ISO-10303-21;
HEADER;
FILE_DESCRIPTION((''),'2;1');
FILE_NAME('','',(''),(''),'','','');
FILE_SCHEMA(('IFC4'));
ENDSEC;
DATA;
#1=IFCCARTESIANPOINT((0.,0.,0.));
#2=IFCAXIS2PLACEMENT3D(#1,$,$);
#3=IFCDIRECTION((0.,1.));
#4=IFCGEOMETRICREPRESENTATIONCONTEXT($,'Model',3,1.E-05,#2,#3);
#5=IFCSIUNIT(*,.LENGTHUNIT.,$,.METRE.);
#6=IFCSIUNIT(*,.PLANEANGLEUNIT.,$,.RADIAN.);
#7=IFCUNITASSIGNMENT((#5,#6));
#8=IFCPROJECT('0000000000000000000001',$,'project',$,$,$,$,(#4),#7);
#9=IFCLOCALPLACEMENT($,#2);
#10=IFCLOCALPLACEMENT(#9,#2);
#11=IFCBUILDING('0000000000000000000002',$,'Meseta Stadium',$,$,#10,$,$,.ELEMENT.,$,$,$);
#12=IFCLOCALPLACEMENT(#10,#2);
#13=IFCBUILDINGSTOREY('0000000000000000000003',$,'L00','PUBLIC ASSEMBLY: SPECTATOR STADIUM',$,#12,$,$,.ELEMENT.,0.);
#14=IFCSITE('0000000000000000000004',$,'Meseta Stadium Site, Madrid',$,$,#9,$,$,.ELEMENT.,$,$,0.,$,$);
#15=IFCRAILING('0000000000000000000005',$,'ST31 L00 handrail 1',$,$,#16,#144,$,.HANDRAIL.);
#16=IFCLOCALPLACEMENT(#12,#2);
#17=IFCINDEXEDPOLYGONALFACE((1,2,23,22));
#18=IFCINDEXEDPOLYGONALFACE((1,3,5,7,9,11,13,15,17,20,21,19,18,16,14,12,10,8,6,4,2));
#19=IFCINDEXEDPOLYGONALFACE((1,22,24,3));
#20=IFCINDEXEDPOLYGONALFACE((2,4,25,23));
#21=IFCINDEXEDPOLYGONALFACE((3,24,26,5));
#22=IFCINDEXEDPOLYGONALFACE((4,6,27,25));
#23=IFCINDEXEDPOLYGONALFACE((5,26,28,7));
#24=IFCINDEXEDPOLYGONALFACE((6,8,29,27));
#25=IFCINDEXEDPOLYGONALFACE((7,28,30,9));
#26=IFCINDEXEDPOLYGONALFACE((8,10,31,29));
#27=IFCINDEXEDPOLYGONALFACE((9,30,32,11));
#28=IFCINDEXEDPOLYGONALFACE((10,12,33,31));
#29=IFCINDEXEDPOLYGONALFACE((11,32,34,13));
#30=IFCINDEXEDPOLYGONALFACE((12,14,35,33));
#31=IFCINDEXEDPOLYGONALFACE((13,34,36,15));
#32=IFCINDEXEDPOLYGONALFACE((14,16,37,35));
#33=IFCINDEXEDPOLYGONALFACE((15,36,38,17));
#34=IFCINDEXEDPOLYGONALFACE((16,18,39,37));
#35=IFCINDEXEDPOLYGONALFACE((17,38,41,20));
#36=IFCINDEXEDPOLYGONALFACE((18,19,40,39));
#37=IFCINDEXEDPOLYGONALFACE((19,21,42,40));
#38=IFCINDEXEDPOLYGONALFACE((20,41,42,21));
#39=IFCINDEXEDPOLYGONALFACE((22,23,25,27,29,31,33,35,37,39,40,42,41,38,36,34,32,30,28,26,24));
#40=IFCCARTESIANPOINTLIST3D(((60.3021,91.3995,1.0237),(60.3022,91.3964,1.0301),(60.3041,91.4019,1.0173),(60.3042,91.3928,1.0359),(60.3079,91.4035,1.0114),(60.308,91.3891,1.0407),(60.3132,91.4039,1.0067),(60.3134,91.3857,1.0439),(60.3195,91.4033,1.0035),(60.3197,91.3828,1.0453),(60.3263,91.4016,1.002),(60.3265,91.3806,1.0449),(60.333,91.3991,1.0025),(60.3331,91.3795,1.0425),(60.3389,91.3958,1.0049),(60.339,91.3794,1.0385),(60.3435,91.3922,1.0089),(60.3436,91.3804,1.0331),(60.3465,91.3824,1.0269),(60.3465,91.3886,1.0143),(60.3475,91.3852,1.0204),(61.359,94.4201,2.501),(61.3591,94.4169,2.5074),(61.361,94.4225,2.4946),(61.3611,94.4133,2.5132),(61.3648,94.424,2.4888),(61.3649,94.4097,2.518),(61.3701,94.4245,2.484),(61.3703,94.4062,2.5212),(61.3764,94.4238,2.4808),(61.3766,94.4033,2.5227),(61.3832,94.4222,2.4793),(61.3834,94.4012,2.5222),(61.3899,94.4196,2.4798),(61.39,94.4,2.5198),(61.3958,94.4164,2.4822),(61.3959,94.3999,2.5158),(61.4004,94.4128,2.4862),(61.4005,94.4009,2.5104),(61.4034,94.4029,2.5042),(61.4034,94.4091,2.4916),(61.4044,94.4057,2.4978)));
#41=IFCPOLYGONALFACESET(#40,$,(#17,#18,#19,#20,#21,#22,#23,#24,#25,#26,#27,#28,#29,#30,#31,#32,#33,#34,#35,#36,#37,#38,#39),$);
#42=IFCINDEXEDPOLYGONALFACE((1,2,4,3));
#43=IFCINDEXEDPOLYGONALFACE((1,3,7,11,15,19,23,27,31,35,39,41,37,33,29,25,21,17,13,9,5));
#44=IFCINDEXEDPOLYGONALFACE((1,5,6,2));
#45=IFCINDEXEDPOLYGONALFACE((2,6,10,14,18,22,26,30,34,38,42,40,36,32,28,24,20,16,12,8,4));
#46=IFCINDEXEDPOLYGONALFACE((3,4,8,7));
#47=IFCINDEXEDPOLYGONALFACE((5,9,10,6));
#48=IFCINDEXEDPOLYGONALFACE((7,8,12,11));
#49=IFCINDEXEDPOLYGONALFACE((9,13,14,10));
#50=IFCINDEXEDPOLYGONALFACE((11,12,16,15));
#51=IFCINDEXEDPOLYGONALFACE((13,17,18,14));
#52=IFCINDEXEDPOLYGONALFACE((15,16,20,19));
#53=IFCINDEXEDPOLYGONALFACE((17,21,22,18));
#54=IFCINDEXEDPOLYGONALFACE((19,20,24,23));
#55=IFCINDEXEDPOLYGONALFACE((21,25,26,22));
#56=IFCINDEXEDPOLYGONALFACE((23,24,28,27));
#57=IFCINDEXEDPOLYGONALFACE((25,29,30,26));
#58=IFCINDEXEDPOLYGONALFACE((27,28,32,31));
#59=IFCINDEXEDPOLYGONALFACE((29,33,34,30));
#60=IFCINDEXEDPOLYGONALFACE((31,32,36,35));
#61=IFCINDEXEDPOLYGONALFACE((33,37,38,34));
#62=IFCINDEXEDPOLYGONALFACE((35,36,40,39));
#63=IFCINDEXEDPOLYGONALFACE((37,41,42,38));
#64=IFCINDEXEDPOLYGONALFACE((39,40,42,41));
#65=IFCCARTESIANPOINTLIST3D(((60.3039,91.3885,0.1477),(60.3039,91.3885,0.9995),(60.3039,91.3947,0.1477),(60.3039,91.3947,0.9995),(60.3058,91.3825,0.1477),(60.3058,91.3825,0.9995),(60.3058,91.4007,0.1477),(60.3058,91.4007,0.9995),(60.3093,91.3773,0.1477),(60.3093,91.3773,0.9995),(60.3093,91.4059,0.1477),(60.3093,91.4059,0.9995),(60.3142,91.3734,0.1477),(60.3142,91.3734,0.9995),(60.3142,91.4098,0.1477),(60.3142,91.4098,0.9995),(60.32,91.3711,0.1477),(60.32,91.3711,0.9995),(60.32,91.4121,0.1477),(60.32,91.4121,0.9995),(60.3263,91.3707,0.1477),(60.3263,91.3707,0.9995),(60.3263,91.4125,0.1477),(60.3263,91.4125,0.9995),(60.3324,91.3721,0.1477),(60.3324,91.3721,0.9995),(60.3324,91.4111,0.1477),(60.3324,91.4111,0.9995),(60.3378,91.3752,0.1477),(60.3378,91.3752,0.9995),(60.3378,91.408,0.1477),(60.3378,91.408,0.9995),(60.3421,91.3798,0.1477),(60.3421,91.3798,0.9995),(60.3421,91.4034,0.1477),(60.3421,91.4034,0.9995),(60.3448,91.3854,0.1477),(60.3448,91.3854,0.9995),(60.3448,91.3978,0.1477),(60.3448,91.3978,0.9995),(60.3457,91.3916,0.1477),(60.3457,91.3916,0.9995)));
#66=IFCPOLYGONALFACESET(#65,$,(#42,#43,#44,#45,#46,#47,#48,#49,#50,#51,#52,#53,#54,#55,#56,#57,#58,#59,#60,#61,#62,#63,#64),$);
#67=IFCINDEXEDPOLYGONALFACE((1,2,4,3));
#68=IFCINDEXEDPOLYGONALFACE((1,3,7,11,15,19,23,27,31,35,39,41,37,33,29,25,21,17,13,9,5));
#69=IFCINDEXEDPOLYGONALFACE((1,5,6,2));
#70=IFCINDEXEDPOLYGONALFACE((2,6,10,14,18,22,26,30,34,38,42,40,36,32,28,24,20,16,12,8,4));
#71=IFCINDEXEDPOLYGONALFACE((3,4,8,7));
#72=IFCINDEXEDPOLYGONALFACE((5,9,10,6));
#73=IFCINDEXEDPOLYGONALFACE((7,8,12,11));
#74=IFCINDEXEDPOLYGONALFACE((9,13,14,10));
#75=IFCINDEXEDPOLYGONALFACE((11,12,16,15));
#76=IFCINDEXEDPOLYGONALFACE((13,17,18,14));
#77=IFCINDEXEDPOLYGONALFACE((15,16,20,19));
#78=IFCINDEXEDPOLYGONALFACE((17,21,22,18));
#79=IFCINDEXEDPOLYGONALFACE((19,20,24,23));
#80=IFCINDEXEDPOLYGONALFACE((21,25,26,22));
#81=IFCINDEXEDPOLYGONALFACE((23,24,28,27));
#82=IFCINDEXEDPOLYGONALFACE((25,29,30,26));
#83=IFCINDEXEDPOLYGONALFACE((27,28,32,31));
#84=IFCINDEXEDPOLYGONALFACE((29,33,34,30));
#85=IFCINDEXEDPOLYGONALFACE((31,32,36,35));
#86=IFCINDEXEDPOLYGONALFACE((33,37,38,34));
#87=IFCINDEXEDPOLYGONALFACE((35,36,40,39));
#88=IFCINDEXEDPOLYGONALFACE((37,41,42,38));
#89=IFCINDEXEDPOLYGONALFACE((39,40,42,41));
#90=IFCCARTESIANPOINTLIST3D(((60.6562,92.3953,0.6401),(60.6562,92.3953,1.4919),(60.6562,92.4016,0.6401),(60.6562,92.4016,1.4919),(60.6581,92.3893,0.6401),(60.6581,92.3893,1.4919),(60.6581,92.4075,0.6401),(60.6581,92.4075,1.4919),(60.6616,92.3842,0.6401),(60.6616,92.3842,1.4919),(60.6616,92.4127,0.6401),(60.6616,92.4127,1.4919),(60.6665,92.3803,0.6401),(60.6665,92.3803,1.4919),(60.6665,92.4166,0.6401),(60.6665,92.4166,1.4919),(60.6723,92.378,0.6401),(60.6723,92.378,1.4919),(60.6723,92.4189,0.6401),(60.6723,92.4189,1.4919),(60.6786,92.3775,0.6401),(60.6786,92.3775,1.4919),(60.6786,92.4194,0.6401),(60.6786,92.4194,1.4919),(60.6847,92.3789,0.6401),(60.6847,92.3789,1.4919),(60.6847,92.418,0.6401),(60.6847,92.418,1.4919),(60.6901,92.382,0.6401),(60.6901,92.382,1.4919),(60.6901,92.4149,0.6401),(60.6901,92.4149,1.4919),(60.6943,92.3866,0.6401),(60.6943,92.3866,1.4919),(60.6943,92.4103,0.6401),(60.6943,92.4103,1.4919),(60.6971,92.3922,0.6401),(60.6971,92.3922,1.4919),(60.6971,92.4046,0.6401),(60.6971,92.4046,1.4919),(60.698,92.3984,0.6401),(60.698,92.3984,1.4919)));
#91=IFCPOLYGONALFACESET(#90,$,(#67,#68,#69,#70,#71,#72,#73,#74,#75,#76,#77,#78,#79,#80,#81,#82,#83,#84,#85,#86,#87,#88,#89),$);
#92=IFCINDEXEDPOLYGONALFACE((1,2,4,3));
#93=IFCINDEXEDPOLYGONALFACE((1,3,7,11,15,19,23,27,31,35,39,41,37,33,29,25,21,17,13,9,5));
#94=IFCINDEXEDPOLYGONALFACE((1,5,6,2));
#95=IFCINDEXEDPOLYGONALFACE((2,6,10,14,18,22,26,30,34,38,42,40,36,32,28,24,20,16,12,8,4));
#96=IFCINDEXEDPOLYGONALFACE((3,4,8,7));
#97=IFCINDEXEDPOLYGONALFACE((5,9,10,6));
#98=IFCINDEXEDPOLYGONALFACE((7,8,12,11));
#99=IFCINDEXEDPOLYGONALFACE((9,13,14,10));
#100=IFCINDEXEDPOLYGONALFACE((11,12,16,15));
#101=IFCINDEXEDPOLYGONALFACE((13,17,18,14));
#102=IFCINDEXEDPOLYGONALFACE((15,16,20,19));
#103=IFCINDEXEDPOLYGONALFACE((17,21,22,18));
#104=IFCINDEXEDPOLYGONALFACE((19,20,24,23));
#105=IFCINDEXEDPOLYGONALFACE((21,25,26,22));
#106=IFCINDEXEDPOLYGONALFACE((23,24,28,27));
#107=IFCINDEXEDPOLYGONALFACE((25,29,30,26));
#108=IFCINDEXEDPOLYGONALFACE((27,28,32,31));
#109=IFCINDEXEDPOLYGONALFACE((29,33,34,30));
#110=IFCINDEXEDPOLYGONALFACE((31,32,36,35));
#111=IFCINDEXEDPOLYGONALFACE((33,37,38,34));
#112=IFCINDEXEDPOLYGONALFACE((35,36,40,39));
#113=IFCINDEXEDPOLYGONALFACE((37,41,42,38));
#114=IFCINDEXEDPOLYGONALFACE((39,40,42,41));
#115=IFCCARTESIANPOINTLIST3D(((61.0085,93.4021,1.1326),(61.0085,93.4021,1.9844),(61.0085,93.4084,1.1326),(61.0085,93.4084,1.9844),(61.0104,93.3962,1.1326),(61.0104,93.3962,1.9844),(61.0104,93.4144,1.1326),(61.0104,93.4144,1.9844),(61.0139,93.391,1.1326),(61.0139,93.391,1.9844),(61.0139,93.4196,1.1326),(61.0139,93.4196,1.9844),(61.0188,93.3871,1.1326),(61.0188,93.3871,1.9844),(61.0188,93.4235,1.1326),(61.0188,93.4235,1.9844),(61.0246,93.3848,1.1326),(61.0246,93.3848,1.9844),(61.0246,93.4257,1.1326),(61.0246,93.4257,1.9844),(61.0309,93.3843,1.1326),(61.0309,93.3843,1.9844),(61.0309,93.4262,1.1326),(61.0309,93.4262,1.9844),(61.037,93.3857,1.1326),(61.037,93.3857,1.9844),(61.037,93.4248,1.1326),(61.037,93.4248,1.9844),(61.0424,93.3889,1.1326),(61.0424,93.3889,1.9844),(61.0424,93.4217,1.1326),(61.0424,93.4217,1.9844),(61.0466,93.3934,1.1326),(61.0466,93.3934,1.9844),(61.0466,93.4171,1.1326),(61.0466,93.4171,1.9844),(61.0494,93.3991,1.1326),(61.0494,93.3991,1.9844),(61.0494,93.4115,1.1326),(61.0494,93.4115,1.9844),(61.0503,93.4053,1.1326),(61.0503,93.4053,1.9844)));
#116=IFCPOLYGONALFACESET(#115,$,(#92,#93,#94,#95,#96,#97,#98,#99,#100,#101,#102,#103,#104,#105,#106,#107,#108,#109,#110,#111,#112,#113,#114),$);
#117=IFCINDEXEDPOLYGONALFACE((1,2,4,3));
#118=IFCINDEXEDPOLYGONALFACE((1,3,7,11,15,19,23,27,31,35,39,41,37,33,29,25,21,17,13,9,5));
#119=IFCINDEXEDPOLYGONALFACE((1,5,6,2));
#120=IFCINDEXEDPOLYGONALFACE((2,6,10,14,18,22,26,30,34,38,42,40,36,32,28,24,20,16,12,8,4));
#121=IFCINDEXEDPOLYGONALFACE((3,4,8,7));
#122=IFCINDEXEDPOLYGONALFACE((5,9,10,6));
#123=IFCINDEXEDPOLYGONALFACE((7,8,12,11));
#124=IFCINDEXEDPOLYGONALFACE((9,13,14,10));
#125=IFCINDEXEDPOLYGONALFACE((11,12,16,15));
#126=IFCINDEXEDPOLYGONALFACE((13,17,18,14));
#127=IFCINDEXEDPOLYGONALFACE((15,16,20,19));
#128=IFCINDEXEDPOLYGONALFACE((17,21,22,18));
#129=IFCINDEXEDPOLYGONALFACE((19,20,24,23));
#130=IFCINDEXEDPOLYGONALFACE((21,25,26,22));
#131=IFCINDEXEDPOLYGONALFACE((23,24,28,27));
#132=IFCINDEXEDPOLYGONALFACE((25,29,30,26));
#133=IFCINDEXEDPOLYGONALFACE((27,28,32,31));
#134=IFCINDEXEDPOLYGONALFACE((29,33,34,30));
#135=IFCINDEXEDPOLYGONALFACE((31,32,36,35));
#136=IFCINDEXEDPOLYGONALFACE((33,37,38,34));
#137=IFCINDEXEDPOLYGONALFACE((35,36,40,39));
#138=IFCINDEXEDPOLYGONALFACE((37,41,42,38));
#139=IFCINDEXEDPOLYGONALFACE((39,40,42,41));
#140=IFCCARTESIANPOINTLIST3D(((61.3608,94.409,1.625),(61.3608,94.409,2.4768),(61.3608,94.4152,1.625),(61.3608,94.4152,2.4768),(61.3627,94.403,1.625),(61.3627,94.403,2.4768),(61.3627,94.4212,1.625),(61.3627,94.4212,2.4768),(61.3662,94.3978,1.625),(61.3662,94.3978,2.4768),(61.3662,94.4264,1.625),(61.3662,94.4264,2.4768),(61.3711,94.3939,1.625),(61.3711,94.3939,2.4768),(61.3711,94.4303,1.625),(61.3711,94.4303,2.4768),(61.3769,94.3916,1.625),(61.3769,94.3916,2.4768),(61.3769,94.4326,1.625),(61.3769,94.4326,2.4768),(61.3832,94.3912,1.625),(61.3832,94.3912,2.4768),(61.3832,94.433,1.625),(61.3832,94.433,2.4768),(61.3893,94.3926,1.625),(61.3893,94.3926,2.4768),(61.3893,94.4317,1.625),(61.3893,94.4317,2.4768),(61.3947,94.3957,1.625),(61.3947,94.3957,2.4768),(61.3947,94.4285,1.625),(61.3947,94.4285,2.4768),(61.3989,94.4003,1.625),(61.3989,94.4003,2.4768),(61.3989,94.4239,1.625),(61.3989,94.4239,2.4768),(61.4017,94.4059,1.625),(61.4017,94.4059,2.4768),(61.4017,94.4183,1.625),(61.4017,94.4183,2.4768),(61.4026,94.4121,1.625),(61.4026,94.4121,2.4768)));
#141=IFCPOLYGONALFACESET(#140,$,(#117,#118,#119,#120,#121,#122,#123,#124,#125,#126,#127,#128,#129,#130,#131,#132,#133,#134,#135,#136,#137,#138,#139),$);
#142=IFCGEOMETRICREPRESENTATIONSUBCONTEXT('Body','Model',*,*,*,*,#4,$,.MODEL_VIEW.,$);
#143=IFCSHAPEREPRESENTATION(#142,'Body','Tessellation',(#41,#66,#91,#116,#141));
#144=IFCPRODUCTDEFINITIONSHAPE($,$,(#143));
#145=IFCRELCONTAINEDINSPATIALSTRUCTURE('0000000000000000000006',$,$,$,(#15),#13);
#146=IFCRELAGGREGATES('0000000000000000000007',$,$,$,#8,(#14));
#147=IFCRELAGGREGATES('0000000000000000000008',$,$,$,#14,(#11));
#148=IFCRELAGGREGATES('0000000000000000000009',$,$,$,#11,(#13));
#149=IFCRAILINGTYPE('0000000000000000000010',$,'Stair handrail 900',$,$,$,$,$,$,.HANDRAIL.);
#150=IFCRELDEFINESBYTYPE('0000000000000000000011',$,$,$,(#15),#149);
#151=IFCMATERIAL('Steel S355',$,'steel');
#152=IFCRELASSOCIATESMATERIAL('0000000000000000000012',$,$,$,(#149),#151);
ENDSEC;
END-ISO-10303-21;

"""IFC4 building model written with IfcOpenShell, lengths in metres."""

from ifc_helpers import new_model, si_unit, direction, frame, origin, origin_2d, place, context, subcontext, project, spatial, circle, extrude, material, type_object, element, save


model = new_model("IFC4")

# Units and contexts
model_context = context("Model", 3, precision=1e-05, world=origin(), true_north=direction((0.0, 1.0)))
body_context = subcontext(model_context, "Body", "Model", "MODEL_VIEW")
ifc_project = project(units=[si_unit("LENGTHUNIT", "METRE"), si_unit("PLANEANGLEUNIT", "RADIAN")], contexts=[model_context])

# Site, building, storey
site_placement = place(None, origin())
site = spatial("IfcSite", under=ifc_project, at=site_placement, Name="Meseta Stadium Site, Madrid", CompositionType="ELEMENT", RefElevation=0.0)
building_placement = place(site_placement, origin())
building = spatial("IfcBuilding", under=site, at=building_placement, Name="Meseta Stadium", CompositionType="ELEMENT")
storey_placement = place(building_placement, origin())
storey = spatial("IfcBuildingStorey", under=building, at=storey_placement, Name="L00", Description="PUBLIC ASSEMBLY: SPECTATOR STADIUM", CompositionType="ELEMENT", Elevation=0.0)

# Railing
ifc_material_1 = material(Name="Steel S355", Category="steel")
railing_type_1 = type_object("IfcRailingType", Name="Stair handrail 900", PredefinedType="HANDRAIL", material=ifc_material_1)
for number, where, name in (
    (1, (60.3247, 91.3916, 0.1477), "ST31 L00 handrail 1"),
):
    element("IfcRailing", number, at=place(storey_placement, frame(where)), inside=storey, type_object=railing_type_1, Name=name, PredefinedType="HANDRAIL", context=body_context, shape_type="SweptSolid", body=[
        extrude(circle(Radius=0.0239, at=origin_2d()), frame((0.0, 0.0, 0.876), z_axis=(0.299859, 0.856977, 0.419137), x_axis=(-0.943887, 0.330269, 0.0)), (0.0, 0.0, 1.0), 3.5247),
        extrude(circle(Radius=0.021, at=origin_2d()), origin(), (0.0, 0.0, 1.0), 0.8518),
        extrude(circle(Radius=0.021, at=origin_2d()), frame((0.3523, 1.0068, 0.4924)), (0.0, 0.0, 1.0), 0.8518),
        extrude(circle(Radius=0.021, at=origin_2d()), frame((0.7046, 2.0137, 0.9849)), (0.0, 0.0, 1.0), 0.8518),
        extrude(circle(Radius=0.021, at=origin_2d()), frame((1.0569, 3.0205, 1.4773)), (0.0, 0.0, 1.0), 0.8518),
    ])

save(model, "model.ifc")
